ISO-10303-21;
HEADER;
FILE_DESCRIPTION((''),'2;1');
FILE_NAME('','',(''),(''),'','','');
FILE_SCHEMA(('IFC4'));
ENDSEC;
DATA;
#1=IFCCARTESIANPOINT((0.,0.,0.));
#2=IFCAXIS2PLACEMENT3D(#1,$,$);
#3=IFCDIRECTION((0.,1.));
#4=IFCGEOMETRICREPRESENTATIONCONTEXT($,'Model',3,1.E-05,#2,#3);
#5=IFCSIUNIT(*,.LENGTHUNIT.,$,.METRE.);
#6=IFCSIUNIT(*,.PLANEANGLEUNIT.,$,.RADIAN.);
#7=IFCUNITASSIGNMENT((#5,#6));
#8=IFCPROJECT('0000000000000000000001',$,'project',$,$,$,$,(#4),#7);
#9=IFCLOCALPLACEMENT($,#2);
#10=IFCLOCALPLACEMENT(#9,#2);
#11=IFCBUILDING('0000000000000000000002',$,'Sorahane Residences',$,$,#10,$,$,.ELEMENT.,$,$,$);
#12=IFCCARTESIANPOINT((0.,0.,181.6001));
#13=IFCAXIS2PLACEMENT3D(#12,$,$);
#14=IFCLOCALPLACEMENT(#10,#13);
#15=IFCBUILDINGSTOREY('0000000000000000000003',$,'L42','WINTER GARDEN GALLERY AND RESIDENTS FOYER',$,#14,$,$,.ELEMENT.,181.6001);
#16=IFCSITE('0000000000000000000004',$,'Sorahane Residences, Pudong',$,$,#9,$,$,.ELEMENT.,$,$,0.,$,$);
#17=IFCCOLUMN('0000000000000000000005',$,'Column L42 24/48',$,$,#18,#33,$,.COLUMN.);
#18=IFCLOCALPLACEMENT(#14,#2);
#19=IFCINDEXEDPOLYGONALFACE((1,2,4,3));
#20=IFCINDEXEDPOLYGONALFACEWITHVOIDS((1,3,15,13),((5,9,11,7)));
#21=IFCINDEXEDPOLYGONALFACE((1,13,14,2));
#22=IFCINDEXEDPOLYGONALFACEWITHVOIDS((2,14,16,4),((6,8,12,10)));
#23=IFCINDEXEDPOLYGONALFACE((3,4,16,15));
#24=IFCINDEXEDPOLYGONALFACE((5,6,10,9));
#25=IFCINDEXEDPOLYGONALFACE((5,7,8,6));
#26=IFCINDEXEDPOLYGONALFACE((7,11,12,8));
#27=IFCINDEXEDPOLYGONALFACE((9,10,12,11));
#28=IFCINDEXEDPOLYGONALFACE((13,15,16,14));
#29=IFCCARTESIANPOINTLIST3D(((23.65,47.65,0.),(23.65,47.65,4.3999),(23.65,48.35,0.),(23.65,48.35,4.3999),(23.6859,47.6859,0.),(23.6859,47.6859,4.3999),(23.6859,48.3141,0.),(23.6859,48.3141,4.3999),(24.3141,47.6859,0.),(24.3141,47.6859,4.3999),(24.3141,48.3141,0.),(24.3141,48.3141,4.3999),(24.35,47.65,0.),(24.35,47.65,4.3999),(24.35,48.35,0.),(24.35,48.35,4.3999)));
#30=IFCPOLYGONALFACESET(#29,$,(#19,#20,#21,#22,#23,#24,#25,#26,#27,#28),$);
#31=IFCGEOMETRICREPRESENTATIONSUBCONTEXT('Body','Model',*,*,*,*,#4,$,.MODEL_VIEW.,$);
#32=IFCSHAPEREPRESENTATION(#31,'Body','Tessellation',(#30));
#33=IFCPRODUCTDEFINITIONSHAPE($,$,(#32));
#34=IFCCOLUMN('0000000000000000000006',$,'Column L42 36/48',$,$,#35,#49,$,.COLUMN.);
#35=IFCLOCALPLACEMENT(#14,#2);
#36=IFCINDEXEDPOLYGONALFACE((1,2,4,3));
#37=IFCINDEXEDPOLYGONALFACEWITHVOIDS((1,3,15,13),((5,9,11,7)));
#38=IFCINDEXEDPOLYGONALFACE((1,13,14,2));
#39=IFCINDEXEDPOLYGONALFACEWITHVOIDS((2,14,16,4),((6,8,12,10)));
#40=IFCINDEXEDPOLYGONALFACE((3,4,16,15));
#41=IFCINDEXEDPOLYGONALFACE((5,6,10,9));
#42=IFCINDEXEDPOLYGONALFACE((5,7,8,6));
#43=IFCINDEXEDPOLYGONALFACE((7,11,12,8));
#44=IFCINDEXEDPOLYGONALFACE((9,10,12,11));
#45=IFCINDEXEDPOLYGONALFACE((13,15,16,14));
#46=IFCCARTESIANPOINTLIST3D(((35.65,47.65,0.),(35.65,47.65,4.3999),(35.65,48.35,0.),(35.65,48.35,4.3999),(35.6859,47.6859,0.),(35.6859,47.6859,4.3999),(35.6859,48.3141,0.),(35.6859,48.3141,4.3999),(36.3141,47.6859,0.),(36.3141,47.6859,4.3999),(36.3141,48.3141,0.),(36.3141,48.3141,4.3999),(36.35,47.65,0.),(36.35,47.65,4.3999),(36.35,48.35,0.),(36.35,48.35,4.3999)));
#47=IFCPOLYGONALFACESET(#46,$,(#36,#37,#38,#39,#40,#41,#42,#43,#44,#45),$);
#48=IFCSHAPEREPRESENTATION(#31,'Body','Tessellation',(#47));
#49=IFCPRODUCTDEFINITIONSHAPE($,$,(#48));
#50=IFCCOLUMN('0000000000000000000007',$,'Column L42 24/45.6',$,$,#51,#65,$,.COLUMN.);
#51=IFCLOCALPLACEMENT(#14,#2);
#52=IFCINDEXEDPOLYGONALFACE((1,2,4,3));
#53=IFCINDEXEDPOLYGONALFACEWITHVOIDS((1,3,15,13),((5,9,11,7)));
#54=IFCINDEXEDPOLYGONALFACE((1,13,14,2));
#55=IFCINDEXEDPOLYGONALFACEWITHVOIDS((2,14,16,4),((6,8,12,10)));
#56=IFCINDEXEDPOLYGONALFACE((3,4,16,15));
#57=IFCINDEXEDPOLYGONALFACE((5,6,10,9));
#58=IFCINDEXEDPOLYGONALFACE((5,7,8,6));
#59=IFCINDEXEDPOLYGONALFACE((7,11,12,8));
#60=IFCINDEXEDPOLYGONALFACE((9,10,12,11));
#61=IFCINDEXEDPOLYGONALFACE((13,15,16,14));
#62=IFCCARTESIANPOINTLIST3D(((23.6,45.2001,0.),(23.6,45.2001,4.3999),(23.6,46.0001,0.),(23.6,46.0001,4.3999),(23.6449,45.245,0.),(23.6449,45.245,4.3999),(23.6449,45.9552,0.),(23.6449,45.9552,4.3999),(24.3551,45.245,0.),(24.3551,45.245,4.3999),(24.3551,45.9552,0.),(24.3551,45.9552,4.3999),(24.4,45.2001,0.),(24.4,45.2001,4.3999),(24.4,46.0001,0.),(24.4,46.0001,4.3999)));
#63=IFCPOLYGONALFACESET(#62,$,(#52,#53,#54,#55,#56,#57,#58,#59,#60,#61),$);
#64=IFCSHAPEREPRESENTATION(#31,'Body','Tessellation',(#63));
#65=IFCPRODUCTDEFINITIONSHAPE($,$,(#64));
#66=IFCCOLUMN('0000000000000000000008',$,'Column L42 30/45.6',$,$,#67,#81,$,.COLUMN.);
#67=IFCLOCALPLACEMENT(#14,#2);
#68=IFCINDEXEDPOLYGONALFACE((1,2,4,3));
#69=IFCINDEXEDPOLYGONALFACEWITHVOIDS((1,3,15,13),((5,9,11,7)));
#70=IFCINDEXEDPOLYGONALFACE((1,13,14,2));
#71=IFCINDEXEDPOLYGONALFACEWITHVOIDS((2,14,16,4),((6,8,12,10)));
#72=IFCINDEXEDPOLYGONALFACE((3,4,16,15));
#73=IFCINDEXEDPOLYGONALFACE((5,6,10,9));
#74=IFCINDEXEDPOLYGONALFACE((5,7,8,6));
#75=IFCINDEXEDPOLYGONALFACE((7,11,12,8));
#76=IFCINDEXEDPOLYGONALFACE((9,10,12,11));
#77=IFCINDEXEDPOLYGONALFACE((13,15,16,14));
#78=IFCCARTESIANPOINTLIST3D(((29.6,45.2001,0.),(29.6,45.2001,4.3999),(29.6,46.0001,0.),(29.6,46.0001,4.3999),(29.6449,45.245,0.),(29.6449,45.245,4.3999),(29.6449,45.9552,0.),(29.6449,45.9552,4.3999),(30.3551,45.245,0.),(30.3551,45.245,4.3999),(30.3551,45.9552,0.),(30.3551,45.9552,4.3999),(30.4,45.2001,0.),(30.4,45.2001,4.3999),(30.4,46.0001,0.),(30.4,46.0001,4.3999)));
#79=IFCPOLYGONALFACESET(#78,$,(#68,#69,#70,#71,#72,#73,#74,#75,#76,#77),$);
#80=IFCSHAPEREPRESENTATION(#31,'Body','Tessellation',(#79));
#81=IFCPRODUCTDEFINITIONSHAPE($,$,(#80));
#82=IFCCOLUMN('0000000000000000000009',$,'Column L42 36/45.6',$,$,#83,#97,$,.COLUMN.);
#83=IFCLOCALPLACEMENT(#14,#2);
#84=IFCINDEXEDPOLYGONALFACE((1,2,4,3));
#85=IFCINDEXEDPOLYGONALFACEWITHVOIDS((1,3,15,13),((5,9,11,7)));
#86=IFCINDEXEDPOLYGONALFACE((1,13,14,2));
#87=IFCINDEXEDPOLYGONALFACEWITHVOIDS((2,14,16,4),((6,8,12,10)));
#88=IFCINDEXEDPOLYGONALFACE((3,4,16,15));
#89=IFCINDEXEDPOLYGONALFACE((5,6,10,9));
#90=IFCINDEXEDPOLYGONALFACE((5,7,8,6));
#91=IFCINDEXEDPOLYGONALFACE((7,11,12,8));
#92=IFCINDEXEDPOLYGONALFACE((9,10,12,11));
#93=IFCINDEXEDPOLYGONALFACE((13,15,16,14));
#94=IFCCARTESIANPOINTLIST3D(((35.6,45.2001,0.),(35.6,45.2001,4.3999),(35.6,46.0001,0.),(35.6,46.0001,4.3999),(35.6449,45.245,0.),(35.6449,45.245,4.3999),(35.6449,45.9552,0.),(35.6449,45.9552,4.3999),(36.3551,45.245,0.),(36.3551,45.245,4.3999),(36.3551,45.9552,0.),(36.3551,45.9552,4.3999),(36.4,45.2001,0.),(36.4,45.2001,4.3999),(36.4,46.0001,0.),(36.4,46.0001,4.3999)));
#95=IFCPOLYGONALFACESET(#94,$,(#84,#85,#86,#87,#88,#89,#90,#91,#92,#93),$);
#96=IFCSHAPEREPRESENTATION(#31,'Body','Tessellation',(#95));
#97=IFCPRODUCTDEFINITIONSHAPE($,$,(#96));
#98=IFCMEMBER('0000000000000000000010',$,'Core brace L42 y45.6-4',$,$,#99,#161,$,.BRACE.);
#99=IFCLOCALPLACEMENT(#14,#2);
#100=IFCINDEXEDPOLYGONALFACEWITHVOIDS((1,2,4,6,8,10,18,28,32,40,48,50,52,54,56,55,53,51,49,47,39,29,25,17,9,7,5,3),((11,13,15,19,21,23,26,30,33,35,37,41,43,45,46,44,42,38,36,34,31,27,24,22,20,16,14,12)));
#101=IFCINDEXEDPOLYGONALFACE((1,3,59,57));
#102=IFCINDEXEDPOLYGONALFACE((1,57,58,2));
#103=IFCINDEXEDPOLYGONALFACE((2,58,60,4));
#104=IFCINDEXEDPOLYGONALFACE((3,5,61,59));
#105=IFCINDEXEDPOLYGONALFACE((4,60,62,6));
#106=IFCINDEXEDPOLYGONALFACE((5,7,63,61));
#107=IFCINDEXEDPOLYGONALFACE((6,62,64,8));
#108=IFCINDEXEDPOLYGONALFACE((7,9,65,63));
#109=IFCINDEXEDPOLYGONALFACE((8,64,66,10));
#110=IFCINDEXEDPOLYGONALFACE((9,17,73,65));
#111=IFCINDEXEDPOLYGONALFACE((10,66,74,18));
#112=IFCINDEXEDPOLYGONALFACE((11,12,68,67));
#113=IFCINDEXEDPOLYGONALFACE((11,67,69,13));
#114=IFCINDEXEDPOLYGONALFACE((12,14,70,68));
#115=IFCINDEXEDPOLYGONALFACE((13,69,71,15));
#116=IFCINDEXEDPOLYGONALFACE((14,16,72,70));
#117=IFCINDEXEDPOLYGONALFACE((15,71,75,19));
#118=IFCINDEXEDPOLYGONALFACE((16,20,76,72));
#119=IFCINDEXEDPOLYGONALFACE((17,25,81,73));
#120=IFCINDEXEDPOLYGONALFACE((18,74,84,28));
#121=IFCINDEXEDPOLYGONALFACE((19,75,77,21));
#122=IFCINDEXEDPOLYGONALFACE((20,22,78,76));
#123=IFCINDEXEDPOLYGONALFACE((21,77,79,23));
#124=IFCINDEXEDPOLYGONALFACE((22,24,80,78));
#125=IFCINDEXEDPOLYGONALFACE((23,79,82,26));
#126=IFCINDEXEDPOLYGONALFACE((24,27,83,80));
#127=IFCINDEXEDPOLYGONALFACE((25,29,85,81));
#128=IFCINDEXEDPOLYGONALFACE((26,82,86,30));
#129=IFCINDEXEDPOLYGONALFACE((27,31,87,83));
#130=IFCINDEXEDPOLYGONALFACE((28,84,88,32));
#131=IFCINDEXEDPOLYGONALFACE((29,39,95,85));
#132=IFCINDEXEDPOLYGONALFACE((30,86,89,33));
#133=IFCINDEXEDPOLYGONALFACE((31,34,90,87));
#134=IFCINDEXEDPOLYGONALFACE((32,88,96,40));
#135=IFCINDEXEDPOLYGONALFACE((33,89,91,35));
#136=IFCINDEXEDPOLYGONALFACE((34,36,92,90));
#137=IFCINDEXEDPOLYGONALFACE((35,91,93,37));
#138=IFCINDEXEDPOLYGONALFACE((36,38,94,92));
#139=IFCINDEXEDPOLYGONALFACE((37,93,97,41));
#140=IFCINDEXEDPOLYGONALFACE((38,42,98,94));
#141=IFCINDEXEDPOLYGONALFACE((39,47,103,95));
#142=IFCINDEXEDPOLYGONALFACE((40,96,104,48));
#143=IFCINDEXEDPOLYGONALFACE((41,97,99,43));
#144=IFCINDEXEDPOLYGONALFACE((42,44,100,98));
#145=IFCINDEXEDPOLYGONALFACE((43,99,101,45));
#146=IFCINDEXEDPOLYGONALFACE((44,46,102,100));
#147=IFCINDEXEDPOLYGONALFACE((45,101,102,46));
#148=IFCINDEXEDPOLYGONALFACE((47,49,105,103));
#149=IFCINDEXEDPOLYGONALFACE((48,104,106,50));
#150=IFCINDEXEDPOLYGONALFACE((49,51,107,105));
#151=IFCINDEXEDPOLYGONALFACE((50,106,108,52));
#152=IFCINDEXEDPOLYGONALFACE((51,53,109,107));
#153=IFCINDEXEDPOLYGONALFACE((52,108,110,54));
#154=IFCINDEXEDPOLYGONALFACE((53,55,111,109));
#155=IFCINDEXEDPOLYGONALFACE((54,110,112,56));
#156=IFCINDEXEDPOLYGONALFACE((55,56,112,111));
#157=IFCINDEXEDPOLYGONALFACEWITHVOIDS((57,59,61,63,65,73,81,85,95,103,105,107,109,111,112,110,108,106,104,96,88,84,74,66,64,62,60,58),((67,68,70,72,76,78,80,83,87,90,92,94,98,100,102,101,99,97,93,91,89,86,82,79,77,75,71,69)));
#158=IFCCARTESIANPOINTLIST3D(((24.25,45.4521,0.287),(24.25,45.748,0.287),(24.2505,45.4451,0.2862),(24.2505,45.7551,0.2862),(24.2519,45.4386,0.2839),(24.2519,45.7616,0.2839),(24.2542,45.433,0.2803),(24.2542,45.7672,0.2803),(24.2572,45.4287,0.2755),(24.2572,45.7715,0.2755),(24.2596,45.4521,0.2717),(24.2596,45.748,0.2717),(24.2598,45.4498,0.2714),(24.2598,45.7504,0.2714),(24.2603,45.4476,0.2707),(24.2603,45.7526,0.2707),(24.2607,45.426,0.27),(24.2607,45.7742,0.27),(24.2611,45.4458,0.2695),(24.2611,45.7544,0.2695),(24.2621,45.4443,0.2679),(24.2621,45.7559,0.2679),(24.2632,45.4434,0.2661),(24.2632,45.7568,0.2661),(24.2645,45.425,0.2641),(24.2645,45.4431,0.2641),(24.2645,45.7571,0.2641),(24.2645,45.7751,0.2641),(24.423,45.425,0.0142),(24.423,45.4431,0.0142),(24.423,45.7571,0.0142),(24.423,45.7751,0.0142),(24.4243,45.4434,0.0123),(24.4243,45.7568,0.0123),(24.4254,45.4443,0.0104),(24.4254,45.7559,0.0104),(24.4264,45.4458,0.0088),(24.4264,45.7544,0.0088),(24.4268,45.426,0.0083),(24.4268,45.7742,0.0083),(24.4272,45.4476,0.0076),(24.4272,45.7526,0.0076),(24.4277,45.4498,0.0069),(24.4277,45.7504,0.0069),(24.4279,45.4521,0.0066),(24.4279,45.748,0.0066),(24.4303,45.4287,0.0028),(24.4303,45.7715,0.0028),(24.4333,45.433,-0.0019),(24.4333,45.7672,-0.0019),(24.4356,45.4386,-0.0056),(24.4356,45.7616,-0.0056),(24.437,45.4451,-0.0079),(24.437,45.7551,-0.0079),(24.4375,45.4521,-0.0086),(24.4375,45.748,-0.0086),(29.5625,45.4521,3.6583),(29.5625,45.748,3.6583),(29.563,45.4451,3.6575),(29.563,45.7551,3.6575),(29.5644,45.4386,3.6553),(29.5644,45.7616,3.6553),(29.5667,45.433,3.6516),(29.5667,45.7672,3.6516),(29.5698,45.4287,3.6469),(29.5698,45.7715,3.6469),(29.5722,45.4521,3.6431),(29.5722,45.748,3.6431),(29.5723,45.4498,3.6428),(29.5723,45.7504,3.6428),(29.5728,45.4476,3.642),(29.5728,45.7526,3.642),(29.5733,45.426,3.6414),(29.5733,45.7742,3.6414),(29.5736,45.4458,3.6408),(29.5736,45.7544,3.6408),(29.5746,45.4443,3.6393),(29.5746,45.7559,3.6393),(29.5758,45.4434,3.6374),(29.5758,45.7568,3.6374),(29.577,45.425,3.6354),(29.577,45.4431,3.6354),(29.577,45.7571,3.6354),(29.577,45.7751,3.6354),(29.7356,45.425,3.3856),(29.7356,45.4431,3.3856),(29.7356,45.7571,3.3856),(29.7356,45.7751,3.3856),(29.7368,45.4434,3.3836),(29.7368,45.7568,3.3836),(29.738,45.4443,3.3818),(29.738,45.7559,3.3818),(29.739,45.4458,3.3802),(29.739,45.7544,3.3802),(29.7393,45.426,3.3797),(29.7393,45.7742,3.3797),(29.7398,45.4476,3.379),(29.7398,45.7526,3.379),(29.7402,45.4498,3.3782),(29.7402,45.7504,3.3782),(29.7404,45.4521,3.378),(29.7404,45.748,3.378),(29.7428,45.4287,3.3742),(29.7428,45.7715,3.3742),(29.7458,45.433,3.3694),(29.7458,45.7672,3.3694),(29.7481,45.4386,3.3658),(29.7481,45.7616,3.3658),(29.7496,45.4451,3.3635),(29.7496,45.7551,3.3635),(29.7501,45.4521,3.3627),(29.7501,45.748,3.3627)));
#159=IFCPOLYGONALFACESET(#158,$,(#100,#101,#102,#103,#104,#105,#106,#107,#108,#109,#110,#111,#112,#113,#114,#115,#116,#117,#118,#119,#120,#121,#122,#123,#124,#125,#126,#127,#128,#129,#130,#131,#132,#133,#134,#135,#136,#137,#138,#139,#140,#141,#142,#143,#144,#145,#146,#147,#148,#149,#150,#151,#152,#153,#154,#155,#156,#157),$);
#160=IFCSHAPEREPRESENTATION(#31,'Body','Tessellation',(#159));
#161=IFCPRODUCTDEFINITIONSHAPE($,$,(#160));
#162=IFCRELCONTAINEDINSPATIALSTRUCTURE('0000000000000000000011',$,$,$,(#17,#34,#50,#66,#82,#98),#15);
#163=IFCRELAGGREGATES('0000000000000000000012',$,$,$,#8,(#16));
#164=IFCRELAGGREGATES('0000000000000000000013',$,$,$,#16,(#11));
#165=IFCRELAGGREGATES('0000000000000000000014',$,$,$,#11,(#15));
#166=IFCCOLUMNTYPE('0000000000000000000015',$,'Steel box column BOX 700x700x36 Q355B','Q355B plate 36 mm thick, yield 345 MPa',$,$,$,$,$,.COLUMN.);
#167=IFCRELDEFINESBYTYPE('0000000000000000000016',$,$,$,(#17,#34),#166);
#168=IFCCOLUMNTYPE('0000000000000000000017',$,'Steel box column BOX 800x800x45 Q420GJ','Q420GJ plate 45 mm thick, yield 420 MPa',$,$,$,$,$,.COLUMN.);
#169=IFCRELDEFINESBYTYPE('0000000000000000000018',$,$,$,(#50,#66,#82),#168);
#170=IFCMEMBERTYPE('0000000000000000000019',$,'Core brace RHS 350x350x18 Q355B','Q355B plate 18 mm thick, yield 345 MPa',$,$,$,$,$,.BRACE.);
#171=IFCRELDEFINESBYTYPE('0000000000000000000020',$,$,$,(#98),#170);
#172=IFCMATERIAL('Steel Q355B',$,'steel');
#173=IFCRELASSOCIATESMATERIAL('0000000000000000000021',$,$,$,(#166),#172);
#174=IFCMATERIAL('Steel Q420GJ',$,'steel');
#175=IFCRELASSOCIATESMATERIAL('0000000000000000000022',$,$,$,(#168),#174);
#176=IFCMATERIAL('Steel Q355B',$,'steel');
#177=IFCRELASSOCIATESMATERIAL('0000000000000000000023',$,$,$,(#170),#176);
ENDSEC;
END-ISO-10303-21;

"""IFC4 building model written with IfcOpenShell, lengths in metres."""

from ifc_helpers import new_model, si_unit, direction, frame, origin, origin_2d, place, context, subcontext, project, spatial, hollow_rectangle, extrude, material, material_profile, profile_set, type_object, element, save


model = new_model("IFC4")

# Units and contexts
model_context = context("Model", 3, precision=1e-05, world=origin(), true_north=direction((0.0, 1.0)))
body_context = subcontext(model_context, "Body", "Model", "MODEL_VIEW")
ifc_project = project(units=[si_unit("LENGTHUNIT", "METRE"), si_unit("PLANEANGLEUNIT", "RADIAN")], contexts=[model_context])

# Site, building, storey
site_placement = place(None, origin())
site = spatial("IfcSite", under=ifc_project, at=site_placement, Name="Sorahane Residences, Pudong", CompositionType="ELEMENT", RefElevation=0.0)
building_placement = place(site_placement, origin())
building = spatial("IfcBuilding", under=site, at=building_placement, Name="Sorahane Residences", CompositionType="ELEMENT")
storey_placement = place(building_placement, frame((0.0, 0.0, 181.6001)))
storey = spatial("IfcBuildingStorey", under=building, at=storey_placement, Name="L42", Description="WINTER GARDEN GALLERY AND RESIDENTS FOYER", CompositionType="ELEMENT", Elevation=181.6001)

# Columns
ifc_material_1 = material(Name="Steel Q355B", Category="steel")
ifc_material_profile_1 = material_profile(ifc_material_1, hollow_rectangle(XDim=0.7, YDim=0.7, WallThickness=0.0359, at=origin_2d()), Name="BOX 700x700x36")
ifc_profile_set_1 = profile_set([ifc_material_profile_1], Name="Steel Q355B")
column_type_1 = type_object("IfcColumnType", Name="Steel box column BOX 700x700x36 Q355B", Description="Q355B plate 36 mm thick, yield 345 MPa", PredefinedType="COLUMN", material=ifc_profile_set_1)
for number, where, z_axis, x_axis, name in (
    (1, (24.0, 48.0, 0.0), (0.0, 0.0, 1.0), (1.0, 0.0, 0.0), "Column L42 24/48"),
    (2, (36.0, 48.0, 0.0), (0.0, 0.0, 1.0), (1.0, 0.0, 0.0), "Column L42 36/48"),
):
    element("IfcColumn", number, at=place(storey_placement, frame(where, z_axis=z_axis, x_axis=x_axis)), inside=storey, type_object=column_type_1, Name=name, PredefinedType="COLUMN", context=body_context, shape_type="SweptSolid", body=[
        extrude(hollow_rectangle(XDim=0.7, YDim=0.7, WallThickness=0.0359, at=origin_2d()), origin(), (0.0, 0.0, 1.0), 4.3999),
    ])
ifc_material_2 = material(Name="Steel Q420GJ", Category="steel")
ifc_material_profile_2 = material_profile(ifc_material_2, hollow_rectangle(XDim=0.8, YDim=0.8, WallThickness=0.0449, at=origin_2d()), Name="BOX 800x800x45")
ifc_profile_set_2 = profile_set([ifc_material_profile_2], Name="Steel Q420GJ")
column_type_2 = type_object("IfcColumnType", Name="Steel box column BOX 800x800x45 Q420GJ", Description="Q420GJ plate 45 mm thick, yield 420 MPa", PredefinedType="COLUMN", material=ifc_profile_set_2)
for number, where, z_axis, x_axis, name in (
    (3, (24.0, 45.6001, 0.0), (0.0, 0.0, 1.0), (1.0, 0.0, 0.0), "Column L42 24/45.6"),
    (4, (30.0, 45.6001, 0.0), (0.0, 0.0, 1.0), (1.0, 0.0, 0.0), "Column L42 30/45.6"),
    (5, (36.0, 45.6001, 0.0), (0.0, 0.0, 1.0), (1.0, 0.0, 0.0), "Column L42 36/45.6"),
):
    element("IfcColumn", number, at=place(storey_placement, frame(where, z_axis=z_axis, x_axis=x_axis)), inside=storey, type_object=column_type_2, Name=name, PredefinedType="COLUMN", context=body_context, shape_type="SweptSolid", body=[
        extrude(hollow_rectangle(XDim=0.8, YDim=0.8, WallThickness=0.0449, at=origin_2d()), origin(), (0.0, 0.0, 1.0), 4.3999),
    ])

# Member
ifc_material_3 = material(Name="Steel Q355B", Category="steel")
ifc_material_profile_3 = material_profile(ifc_material_3, hollow_rectangle(XDim=0.3501, YDim=0.3501, WallThickness=0.0181, InnerFilletRadius=0.009, OuterFilletRadius=0.0271, at=origin_2d()), Name="RHS 350x350x18")
ifc_profile_set_3 = profile_set([ifc_material_profile_3], Name="Steel Q355B")
member_type_1 = type_object("IfcMemberType", Name="Core brace RHS 350x350x18 Q355B", Description="Q355B plate 18 mm thick, yield 345 MPa", PredefinedType="BRACE", material=ifc_profile_set_3)
for number, where, z_axis, x_axis, name in (
    (6, (24.3438, 45.6001, 0.1392), (0.844333, 0.0, 0.535818), (0.0, 1.0, 0.0), "Core brace L42 y45.6-4"),
):
    element("IfcMember", number, at=place(storey_placement, frame(where, z_axis=z_axis, x_axis=x_axis)), inside=storey, type_object=member_type_1, Name=name, PredefinedType="BRACE", context=body_context, shape_type="SweptSolid", body=[
        extrude(hollow_rectangle(XDim=0.3501, YDim=0.3501, WallThickness=0.0181, InnerFilletRadius=0.009, OuterFilletRadius=0.0271, at=origin_2d()), origin(), (0.0, 0.0, 1.0), 6.292),
    ])

save(model, "model.ifc")
